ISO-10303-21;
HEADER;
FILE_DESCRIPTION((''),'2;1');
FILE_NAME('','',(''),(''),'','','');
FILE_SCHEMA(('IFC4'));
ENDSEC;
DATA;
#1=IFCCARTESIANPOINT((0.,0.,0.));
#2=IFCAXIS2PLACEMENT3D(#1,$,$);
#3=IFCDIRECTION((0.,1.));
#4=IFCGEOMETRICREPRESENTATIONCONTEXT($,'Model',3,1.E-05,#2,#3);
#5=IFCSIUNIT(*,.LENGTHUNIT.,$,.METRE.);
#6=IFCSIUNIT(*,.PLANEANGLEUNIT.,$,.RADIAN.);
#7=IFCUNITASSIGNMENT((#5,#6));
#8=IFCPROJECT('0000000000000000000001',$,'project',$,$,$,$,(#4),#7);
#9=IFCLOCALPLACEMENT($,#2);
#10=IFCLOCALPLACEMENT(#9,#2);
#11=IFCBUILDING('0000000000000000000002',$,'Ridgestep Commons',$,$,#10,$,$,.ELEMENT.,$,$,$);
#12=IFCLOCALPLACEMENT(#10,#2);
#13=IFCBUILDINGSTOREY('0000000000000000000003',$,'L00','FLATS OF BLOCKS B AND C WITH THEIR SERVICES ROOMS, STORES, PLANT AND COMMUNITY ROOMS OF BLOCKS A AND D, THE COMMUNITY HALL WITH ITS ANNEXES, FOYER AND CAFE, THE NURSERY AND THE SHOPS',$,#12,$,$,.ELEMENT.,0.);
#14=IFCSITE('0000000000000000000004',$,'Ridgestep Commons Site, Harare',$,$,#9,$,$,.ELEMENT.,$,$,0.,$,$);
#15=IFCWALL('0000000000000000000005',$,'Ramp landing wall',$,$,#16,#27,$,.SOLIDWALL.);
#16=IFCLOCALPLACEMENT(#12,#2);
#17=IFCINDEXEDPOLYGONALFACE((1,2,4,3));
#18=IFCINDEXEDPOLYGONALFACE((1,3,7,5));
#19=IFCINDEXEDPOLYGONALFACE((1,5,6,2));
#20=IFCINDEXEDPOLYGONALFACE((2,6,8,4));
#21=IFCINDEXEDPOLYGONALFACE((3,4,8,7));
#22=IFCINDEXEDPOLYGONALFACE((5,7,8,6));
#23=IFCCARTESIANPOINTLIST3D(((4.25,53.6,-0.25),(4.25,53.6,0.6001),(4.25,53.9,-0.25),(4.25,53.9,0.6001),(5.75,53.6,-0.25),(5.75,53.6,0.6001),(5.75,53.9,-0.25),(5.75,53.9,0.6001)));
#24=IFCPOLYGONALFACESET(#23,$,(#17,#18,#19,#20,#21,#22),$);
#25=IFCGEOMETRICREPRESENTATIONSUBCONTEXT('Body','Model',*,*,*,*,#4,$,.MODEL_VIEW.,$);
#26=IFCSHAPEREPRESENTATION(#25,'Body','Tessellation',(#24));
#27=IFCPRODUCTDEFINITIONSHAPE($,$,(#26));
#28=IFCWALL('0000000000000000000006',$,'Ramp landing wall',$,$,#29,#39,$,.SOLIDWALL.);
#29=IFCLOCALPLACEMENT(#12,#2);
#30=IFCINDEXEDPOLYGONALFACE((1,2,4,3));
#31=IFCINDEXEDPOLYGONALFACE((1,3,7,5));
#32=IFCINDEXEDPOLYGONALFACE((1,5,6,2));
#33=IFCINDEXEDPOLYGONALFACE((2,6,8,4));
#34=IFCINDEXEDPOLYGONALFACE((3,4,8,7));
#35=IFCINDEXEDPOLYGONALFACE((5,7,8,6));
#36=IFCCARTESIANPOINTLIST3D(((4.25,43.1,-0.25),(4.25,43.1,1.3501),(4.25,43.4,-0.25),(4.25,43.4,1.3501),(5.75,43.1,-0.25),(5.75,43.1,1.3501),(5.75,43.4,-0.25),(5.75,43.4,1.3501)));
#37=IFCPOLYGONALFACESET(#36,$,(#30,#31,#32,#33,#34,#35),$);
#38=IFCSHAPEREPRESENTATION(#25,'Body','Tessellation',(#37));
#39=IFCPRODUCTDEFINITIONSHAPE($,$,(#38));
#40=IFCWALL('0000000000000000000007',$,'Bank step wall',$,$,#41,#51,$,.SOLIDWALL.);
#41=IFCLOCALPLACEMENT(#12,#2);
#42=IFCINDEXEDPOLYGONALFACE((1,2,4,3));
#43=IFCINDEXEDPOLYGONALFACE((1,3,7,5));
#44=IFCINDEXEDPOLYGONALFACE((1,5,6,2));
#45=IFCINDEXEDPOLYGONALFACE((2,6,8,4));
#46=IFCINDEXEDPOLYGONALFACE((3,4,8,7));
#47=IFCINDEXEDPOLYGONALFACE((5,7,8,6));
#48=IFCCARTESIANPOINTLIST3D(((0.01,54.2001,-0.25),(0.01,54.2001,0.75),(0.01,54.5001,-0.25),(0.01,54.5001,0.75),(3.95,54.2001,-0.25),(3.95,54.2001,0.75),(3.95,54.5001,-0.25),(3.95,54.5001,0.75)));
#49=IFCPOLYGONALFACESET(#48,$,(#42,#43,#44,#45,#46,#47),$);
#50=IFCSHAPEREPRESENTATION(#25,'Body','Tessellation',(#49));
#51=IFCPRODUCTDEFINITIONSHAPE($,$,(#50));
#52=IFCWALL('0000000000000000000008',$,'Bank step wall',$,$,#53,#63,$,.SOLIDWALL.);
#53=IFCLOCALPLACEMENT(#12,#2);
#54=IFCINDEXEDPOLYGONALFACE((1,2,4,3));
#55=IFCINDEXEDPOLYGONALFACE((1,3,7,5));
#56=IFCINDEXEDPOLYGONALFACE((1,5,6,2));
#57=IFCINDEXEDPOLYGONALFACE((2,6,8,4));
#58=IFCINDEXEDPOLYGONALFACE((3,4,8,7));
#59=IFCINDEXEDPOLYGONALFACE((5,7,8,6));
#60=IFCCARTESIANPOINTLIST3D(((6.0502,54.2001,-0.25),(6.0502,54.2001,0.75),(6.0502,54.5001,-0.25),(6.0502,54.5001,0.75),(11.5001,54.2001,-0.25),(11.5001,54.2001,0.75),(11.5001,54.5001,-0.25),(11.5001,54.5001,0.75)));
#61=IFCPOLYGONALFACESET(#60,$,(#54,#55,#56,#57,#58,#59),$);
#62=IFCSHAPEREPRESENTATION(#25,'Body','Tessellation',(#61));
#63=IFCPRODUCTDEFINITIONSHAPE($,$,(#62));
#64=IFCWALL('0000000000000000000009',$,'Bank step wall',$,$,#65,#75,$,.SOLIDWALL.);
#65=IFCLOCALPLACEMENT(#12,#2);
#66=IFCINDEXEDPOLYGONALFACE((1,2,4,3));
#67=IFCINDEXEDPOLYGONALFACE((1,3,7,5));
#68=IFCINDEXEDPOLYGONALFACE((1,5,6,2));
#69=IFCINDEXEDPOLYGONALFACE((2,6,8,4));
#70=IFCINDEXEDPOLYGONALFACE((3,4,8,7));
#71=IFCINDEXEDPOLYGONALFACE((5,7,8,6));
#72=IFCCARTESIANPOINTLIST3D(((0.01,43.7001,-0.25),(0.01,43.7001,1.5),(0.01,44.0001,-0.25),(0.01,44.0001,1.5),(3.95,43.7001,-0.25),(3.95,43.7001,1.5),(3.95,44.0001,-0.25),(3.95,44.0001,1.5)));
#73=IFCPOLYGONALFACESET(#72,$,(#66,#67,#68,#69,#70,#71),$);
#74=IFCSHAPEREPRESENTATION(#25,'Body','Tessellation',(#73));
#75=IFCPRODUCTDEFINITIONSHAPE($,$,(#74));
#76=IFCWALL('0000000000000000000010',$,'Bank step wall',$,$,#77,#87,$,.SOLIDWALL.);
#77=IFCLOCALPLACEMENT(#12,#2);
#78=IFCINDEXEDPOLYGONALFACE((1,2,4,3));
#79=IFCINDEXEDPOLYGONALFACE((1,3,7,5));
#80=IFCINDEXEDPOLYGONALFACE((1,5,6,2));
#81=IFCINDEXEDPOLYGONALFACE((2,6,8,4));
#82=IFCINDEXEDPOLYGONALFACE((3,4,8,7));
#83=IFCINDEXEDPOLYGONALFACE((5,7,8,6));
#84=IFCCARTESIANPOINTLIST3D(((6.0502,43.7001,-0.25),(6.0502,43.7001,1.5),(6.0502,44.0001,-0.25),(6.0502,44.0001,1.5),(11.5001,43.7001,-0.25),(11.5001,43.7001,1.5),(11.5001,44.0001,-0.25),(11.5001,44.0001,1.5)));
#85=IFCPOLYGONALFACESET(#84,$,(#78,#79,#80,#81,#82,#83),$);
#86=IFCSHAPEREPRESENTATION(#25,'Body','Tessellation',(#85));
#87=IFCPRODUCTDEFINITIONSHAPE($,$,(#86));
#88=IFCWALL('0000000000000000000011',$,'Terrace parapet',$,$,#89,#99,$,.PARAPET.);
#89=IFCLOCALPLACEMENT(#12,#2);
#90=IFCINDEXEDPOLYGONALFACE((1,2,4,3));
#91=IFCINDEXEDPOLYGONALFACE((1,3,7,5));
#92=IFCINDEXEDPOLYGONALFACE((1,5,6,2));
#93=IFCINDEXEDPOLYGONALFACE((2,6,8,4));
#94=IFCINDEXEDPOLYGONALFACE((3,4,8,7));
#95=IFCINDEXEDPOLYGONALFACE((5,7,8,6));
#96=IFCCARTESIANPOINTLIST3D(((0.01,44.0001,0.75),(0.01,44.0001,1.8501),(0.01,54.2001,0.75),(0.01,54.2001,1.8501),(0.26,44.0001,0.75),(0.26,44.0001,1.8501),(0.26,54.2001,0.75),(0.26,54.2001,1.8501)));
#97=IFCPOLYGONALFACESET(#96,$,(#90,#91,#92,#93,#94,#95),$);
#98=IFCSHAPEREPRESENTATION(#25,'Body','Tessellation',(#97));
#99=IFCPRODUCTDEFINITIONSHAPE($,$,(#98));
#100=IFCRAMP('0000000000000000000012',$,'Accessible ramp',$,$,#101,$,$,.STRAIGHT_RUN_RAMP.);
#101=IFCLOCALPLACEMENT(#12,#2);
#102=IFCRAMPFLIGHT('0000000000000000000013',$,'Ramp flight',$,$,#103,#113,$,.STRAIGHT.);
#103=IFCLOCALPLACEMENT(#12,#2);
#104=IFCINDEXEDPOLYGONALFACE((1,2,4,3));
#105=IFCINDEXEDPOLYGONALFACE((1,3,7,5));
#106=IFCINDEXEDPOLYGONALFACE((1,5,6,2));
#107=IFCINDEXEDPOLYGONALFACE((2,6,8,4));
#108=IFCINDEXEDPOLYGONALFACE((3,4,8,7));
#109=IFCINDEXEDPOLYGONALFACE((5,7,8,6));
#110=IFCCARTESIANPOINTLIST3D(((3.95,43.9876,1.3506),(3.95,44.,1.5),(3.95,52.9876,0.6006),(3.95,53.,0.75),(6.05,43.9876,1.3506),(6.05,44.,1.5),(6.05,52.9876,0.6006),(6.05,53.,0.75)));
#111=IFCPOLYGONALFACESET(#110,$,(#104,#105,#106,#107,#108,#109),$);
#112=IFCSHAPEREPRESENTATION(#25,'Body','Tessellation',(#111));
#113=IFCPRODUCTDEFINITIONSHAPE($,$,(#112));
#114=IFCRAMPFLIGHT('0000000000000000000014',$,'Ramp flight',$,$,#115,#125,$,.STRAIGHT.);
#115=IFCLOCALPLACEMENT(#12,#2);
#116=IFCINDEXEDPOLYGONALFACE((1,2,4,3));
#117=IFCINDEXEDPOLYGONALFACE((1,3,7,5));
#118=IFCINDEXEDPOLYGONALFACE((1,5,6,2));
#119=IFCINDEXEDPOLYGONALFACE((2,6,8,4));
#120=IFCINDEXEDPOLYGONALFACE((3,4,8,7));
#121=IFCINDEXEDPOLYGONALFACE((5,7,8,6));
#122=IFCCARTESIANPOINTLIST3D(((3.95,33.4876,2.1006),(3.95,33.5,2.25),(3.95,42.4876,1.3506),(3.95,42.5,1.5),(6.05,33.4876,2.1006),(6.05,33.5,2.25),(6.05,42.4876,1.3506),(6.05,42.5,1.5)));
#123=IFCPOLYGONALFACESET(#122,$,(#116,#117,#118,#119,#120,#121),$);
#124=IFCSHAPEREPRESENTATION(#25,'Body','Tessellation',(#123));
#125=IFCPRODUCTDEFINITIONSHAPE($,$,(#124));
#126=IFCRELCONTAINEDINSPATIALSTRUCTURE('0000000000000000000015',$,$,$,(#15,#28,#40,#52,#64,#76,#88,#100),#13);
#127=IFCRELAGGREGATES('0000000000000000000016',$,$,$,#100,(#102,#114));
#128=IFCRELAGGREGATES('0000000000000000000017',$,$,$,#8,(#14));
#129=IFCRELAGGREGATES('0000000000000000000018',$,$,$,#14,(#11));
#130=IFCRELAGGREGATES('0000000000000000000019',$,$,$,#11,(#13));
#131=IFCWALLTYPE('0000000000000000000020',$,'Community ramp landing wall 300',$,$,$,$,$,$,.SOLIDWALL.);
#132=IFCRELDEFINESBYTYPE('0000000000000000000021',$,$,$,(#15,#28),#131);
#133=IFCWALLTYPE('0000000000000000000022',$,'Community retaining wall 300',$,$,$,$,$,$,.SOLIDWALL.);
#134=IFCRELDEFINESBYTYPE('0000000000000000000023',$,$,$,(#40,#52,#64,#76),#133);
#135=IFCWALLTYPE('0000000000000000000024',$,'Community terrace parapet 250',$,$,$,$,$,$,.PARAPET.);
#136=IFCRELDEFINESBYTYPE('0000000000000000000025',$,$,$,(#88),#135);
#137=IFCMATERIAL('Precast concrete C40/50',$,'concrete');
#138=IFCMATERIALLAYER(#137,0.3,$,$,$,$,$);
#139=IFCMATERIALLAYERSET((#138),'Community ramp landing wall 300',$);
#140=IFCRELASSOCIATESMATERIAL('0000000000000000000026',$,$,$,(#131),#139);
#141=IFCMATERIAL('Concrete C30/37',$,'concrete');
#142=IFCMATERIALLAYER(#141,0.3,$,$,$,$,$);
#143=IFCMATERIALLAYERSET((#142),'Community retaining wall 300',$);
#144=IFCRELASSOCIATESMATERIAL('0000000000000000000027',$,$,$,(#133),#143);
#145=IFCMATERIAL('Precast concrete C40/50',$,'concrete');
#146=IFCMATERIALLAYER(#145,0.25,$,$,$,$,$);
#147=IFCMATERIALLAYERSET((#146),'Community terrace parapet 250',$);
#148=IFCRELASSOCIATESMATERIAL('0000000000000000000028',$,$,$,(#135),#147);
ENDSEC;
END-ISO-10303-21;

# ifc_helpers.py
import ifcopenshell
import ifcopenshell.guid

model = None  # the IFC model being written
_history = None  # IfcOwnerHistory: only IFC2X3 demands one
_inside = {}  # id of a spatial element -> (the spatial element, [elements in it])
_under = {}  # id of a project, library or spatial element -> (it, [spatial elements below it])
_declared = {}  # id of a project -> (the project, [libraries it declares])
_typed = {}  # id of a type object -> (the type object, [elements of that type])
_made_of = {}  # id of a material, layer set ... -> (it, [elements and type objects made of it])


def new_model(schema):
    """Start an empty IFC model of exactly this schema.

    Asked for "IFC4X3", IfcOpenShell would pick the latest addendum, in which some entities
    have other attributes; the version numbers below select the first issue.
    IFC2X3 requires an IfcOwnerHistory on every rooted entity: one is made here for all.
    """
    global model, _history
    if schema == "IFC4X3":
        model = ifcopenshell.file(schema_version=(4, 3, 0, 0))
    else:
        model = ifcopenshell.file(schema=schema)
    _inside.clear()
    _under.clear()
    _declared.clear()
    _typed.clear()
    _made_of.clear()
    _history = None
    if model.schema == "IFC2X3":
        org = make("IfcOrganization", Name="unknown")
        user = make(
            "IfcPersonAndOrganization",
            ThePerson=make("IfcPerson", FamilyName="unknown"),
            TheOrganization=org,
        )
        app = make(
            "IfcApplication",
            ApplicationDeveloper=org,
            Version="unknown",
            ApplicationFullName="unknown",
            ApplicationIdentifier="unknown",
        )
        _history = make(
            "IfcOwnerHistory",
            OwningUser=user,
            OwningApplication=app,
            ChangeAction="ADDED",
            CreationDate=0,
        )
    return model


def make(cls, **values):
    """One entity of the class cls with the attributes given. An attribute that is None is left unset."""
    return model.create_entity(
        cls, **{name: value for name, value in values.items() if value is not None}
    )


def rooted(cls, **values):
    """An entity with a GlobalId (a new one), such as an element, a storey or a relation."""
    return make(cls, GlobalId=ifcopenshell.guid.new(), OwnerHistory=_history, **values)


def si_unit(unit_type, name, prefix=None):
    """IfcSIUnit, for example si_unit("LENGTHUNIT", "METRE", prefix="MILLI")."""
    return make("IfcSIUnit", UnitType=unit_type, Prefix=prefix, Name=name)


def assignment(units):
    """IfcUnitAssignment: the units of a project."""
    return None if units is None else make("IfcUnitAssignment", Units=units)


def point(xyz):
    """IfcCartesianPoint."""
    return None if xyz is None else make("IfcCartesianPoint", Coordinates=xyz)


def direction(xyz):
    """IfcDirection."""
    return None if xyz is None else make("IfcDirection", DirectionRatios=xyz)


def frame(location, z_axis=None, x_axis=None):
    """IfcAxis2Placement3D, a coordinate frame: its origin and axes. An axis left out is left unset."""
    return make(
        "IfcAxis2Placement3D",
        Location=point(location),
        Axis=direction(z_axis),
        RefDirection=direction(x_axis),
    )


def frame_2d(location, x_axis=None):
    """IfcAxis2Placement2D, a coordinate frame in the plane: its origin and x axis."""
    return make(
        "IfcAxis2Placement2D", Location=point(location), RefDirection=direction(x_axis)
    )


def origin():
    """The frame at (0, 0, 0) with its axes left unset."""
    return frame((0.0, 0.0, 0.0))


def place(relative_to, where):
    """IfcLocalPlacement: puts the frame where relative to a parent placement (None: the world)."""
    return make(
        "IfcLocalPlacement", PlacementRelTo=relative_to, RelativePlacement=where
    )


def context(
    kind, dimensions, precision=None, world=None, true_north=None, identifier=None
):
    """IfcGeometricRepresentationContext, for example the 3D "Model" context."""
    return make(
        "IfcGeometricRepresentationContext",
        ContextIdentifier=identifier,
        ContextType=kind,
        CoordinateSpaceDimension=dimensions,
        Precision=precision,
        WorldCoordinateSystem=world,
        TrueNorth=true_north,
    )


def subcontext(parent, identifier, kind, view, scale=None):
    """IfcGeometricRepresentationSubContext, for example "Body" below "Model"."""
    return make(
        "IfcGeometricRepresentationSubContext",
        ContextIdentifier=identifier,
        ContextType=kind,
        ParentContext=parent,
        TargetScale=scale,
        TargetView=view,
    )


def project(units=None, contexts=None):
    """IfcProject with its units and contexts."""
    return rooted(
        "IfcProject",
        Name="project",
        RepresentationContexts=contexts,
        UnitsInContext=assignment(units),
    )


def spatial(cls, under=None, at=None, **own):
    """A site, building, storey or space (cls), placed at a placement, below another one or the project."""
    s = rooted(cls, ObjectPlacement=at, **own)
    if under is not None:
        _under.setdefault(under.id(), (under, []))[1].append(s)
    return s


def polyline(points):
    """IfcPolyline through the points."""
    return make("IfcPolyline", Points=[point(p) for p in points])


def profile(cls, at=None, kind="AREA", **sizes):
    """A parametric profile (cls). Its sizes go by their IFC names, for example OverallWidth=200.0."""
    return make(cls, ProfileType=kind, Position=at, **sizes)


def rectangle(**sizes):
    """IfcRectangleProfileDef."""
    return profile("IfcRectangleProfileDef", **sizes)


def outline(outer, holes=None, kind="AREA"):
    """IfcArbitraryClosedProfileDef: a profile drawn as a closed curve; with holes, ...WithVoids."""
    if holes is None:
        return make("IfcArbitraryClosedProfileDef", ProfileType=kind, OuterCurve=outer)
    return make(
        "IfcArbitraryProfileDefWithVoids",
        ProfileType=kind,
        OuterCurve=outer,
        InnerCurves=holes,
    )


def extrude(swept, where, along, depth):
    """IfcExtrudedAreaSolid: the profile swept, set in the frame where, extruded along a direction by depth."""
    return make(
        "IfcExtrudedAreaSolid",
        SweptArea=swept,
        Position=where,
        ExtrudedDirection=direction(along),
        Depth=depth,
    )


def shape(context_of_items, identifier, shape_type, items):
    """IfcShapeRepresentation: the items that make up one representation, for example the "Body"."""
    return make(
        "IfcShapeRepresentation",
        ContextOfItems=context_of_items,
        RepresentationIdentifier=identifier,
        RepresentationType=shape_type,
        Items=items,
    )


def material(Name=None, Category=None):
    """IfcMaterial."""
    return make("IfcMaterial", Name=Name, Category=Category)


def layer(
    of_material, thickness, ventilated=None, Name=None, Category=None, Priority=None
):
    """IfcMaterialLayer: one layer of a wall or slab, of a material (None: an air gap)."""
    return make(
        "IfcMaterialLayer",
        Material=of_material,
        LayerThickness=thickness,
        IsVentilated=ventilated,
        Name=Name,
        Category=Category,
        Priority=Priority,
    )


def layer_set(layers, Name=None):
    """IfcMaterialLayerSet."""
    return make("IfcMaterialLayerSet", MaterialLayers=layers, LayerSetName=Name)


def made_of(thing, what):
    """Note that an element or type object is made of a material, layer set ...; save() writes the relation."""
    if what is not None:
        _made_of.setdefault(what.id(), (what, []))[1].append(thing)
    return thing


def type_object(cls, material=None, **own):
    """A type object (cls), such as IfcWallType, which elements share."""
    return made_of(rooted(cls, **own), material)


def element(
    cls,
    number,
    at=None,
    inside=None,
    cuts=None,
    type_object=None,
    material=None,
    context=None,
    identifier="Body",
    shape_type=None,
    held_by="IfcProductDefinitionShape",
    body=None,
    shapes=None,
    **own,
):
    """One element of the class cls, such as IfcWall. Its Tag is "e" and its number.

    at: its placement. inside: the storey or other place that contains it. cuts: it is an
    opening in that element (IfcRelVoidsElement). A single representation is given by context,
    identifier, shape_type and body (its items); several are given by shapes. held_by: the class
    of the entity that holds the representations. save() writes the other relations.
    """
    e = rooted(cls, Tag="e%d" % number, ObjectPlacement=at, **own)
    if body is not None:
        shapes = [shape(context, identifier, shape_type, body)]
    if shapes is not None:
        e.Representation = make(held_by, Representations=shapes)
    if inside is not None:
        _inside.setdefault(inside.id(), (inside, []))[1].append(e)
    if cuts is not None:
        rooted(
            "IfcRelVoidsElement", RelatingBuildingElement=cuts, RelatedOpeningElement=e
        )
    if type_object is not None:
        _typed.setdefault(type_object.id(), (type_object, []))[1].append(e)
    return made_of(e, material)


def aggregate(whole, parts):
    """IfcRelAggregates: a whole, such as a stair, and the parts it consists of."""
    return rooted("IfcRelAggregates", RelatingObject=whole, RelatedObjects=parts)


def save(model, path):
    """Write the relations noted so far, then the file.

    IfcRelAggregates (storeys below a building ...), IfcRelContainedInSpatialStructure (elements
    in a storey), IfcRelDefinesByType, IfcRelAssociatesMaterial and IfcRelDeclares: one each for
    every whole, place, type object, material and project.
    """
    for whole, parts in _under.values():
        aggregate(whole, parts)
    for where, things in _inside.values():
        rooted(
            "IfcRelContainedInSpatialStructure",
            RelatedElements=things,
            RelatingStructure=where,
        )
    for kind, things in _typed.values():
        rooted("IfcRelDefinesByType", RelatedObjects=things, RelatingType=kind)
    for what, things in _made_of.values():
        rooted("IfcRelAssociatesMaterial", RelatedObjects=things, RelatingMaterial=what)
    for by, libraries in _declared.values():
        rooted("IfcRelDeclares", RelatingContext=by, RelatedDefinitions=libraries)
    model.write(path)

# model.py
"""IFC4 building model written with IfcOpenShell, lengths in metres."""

from ifc_helpers import new_model, si_unit, direction, frame, frame_2d, origin, place, context, subcontext, project, spatial, polyline, rectangle, outline, extrude, material, layer, layer_set, type_object, element, aggregate, save


model = new_model("IFC4")

# Units and contexts
model_context = context("Model", 3, precision=1e-05, world=origin(), true_north=direction((0.0, 1.0)))
body_context = subcontext(model_context, "Body", "Model", "MODEL_VIEW")
ifc_project = project(units=[si_unit("LENGTHUNIT", "METRE"), si_unit("PLANEANGLEUNIT", "RADIAN")], contexts=[model_context])

# Site, building, storey
site_placement = place(None, origin())
site = spatial("IfcSite", under=ifc_project, at=site_placement, Name="Ridgestep Commons Site, Harare", CompositionType="ELEMENT", RefElevation=0.0)
building_placement = place(site_placement, origin())
building = spatial("IfcBuilding", under=site, at=building_placement, Name="Ridgestep Commons", CompositionType="ELEMENT")
storey_placement = place(building_placement, origin())
storey = spatial("IfcBuildingStorey", under=building, at=storey_placement, Name="L00", Description="FLATS OF BLOCKS B AND C WITH THEIR SERVICES ROOMS, STORES, PLANT AND COMMUNITY ROOMS OF BLOCKS A AND D, THE COMMUNITY HALL WITH ITS ANNEXES, FOYER AND CAFE, THE NURSERY AND THE SHOPS", CompositionType="ELEMENT", Elevation=0.0)

# Walls
ifc_material_1 = material(Name="Precast concrete C40/50", Category="concrete")
ifc_layer_1 = layer(ifc_material_1, 0.3)
ifc_layer_set_1 = layer_set([ifc_layer_1], Name="Community ramp landing wall 300")
wall_type_1 = type_object("IfcWallType", Name="Community ramp landing wall 300", PredefinedType="SOLIDWALL", material=ifc_layer_set_1)
wall_1_placement = place(storey_placement, frame((4.25, 53.75, -0.25), z_axis=(0.0, 0.0, 1.0), x_axis=(1.0, 0.0, 0.0)))
element("IfcWall", 1, at=wall_1_placement, inside=storey, type_object=wall_type_1, Name="Ramp landing wall", PredefinedType="SOLIDWALL", context=body_context, shape_type="SweptSolid", body=[
    extrude(rectangle(XDim=1.5, YDim=0.3, at=frame_2d((0.75, 0.0))), origin(), (0.0, 0.0, 1.0), 0.8501),
])
wall_2_placement = place(storey_placement, frame((4.25, 43.25, -0.25), z_axis=(0.0, 0.0, 1.0), x_axis=(1.0, 0.0, 0.0)))
element("IfcWall", 2, at=wall_2_placement, inside=storey, type_object=wall_type_1, Name="Ramp landing wall", PredefinedType="SOLIDWALL", context=body_context, shape_type="SweptSolid", body=[
    extrude(rectangle(XDim=1.5, YDim=0.3, at=frame_2d((0.75, 0.0))), origin(), (0.0, 0.0, 1.0), 1.6001),
])
ifc_material_2 = material(Name="Concrete C30/37", Category="concrete")
ifc_layer_2 = layer(ifc_material_2, 0.3)
ifc_layer_set_2 = layer_set([ifc_layer_2], Name="Community retaining wall 300")
wall_type_2 = type_object("IfcWallType", Name="Community retaining wall 300", PredefinedType="SOLIDWALL", material=ifc_layer_set_2)
wall_3_placement = place(storey_placement, frame((0.01, 54.3501, -0.25), z_axis=(0.0, 0.0, 1.0), x_axis=(1.0, 0.0, 0.0)))
element("IfcWall", 3, at=wall_3_placement, inside=storey, type_object=wall_type_2, Name="Bank step wall", PredefinedType="SOLIDWALL", context=body_context, shape_type="SweptSolid", body=[
    extrude(rectangle(XDim=3.9399, YDim=0.3, at=frame_2d((1.97, 0.0))), origin(), (0.0, 0.0, 1.0), 1.0),
])
wall_4_placement = place(storey_placement, frame((6.05, 54.3501, -0.25), z_axis=(0.0, 0.0, 1.0), x_axis=(1.0, 0.0, 0.0)))
element("IfcWall", 4, at=wall_4_placement, inside=storey, type_object=wall_type_2, Name="Bank step wall", PredefinedType="SOLIDWALL", context=body_context, shape_type="SweptSolid", body=[
    extrude(rectangle(XDim=5.45, YDim=0.3, at=frame_2d((2.7251, 0.0))), origin(), (0.0, 0.0, 1.0), 1.0),
])
wall_5_placement = place(storey_placement, frame((0.01, 43.8501, -0.25), z_axis=(0.0, 0.0, 1.0), x_axis=(1.0, 0.0, 0.0)))
element("IfcWall", 5, at=wall_5_placement, inside=storey, type_object=wall_type_2, Name="Bank step wall", PredefinedType="SOLIDWALL", context=body_context, shape_type="SweptSolid", body=[
    extrude(rectangle(XDim=3.9399, YDim=0.3, at=frame_2d((1.97, 0.0))), origin(), (0.0, 0.0, 1.0), 1.75),
])
wall_6_placement = place(storey_placement, frame((6.05, 43.8501, -0.25), z_axis=(0.0, 0.0, 1.0), x_axis=(1.0, 0.0, 0.0)))
element("IfcWall", 6, at=wall_6_placement, inside=storey, type_object=wall_type_2, Name="Bank step wall", PredefinedType="SOLIDWALL", context=body_context, shape_type="SweptSolid", body=[
    extrude(rectangle(XDim=5.45, YDim=0.3, at=frame_2d((2.7251, 0.0))), origin(), (0.0, 0.0, 1.0), 1.75),
])
ifc_material_3 = material(Name="Precast concrete C40/50", Category="concrete")
ifc_layer_3 = layer(ifc_material_3, 0.25)
ifc_layer_set_3 = layer_set([ifc_layer_3], Name="Community terrace parapet 250")
wall_type_3 = type_object("IfcWallType", Name="Community terrace parapet 250", PredefinedType="PARAPET", material=ifc_layer_set_3)
wall_7_placement = place(storey_placement, frame((0.135, 44.0, 0.75), z_axis=(0.0, 0.0, 1.0), x_axis=(0.0, 1.0, 0.0)))
element("IfcWall", 7, at=wall_7_placement, inside=storey, type_object=wall_type_3, Name="Terrace parapet", PredefinedType="PARAPET", context=body_context, shape_type="SweptSolid", body=[
    extrude(rectangle(XDim=10.2, YDim=0.25, at=frame_2d((5.1001, 0.0))), origin(), (0.0, 0.0, 1.0), 1.1001),
])

# Ramp, ramp flights
ramp_placement = place(storey_placement, origin())
ramp = element("IfcRamp", 8, at=ramp_placement, inside=storey, Name="Accessible ramp", PredefinedType="STRAIGHT_RUN_RAMP")
ramp_flight_1_placement = place(storey_placement, frame((3.95, 53.0, 0.75), z_axis=(0.0, 0.083045, 0.996546), x_axis=(1.0, 0.0, 0.0)))
ramp_flight_1 = element("IfcRampFlight", 9, at=ramp_flight_1_placement, Name="Ramp flight", PredefinedType="STRAIGHT", context=body_context, shape_type="SweptSolid", body=[
    extrude(outline(polyline([(0.0, 0.0), (2.1001, 0.0), (2.1001, -9.0312), (0.0, -9.0312), (0.0, 0.0)])), origin(), (0.0, 0.0, -1.0), 0.1499),
])
ramp_flight_2_placement = place(storey_placement, frame((3.95, 42.5, 1.5), z_axis=(0.0, 0.083045, 0.996546), x_axis=(1.0, 0.0, 0.0)))
ramp_flight_2 = element("IfcRampFlight", 10, at=ramp_flight_2_placement, Name="Ramp flight", PredefinedType="STRAIGHT", context=body_context, shape_type="SweptSolid", body=[
    extrude(outline(polyline([(0.0, 0.0), (2.1001, 0.0), (2.1001, -9.0312), (0.0, -9.0312), (0.0, 0.0)])), origin(), (0.0, 0.0, -1.0), 0.1499),
])
aggregate(ramp, [ramp_flight_1, ramp_flight_2])

save(model, "model.ifc")
